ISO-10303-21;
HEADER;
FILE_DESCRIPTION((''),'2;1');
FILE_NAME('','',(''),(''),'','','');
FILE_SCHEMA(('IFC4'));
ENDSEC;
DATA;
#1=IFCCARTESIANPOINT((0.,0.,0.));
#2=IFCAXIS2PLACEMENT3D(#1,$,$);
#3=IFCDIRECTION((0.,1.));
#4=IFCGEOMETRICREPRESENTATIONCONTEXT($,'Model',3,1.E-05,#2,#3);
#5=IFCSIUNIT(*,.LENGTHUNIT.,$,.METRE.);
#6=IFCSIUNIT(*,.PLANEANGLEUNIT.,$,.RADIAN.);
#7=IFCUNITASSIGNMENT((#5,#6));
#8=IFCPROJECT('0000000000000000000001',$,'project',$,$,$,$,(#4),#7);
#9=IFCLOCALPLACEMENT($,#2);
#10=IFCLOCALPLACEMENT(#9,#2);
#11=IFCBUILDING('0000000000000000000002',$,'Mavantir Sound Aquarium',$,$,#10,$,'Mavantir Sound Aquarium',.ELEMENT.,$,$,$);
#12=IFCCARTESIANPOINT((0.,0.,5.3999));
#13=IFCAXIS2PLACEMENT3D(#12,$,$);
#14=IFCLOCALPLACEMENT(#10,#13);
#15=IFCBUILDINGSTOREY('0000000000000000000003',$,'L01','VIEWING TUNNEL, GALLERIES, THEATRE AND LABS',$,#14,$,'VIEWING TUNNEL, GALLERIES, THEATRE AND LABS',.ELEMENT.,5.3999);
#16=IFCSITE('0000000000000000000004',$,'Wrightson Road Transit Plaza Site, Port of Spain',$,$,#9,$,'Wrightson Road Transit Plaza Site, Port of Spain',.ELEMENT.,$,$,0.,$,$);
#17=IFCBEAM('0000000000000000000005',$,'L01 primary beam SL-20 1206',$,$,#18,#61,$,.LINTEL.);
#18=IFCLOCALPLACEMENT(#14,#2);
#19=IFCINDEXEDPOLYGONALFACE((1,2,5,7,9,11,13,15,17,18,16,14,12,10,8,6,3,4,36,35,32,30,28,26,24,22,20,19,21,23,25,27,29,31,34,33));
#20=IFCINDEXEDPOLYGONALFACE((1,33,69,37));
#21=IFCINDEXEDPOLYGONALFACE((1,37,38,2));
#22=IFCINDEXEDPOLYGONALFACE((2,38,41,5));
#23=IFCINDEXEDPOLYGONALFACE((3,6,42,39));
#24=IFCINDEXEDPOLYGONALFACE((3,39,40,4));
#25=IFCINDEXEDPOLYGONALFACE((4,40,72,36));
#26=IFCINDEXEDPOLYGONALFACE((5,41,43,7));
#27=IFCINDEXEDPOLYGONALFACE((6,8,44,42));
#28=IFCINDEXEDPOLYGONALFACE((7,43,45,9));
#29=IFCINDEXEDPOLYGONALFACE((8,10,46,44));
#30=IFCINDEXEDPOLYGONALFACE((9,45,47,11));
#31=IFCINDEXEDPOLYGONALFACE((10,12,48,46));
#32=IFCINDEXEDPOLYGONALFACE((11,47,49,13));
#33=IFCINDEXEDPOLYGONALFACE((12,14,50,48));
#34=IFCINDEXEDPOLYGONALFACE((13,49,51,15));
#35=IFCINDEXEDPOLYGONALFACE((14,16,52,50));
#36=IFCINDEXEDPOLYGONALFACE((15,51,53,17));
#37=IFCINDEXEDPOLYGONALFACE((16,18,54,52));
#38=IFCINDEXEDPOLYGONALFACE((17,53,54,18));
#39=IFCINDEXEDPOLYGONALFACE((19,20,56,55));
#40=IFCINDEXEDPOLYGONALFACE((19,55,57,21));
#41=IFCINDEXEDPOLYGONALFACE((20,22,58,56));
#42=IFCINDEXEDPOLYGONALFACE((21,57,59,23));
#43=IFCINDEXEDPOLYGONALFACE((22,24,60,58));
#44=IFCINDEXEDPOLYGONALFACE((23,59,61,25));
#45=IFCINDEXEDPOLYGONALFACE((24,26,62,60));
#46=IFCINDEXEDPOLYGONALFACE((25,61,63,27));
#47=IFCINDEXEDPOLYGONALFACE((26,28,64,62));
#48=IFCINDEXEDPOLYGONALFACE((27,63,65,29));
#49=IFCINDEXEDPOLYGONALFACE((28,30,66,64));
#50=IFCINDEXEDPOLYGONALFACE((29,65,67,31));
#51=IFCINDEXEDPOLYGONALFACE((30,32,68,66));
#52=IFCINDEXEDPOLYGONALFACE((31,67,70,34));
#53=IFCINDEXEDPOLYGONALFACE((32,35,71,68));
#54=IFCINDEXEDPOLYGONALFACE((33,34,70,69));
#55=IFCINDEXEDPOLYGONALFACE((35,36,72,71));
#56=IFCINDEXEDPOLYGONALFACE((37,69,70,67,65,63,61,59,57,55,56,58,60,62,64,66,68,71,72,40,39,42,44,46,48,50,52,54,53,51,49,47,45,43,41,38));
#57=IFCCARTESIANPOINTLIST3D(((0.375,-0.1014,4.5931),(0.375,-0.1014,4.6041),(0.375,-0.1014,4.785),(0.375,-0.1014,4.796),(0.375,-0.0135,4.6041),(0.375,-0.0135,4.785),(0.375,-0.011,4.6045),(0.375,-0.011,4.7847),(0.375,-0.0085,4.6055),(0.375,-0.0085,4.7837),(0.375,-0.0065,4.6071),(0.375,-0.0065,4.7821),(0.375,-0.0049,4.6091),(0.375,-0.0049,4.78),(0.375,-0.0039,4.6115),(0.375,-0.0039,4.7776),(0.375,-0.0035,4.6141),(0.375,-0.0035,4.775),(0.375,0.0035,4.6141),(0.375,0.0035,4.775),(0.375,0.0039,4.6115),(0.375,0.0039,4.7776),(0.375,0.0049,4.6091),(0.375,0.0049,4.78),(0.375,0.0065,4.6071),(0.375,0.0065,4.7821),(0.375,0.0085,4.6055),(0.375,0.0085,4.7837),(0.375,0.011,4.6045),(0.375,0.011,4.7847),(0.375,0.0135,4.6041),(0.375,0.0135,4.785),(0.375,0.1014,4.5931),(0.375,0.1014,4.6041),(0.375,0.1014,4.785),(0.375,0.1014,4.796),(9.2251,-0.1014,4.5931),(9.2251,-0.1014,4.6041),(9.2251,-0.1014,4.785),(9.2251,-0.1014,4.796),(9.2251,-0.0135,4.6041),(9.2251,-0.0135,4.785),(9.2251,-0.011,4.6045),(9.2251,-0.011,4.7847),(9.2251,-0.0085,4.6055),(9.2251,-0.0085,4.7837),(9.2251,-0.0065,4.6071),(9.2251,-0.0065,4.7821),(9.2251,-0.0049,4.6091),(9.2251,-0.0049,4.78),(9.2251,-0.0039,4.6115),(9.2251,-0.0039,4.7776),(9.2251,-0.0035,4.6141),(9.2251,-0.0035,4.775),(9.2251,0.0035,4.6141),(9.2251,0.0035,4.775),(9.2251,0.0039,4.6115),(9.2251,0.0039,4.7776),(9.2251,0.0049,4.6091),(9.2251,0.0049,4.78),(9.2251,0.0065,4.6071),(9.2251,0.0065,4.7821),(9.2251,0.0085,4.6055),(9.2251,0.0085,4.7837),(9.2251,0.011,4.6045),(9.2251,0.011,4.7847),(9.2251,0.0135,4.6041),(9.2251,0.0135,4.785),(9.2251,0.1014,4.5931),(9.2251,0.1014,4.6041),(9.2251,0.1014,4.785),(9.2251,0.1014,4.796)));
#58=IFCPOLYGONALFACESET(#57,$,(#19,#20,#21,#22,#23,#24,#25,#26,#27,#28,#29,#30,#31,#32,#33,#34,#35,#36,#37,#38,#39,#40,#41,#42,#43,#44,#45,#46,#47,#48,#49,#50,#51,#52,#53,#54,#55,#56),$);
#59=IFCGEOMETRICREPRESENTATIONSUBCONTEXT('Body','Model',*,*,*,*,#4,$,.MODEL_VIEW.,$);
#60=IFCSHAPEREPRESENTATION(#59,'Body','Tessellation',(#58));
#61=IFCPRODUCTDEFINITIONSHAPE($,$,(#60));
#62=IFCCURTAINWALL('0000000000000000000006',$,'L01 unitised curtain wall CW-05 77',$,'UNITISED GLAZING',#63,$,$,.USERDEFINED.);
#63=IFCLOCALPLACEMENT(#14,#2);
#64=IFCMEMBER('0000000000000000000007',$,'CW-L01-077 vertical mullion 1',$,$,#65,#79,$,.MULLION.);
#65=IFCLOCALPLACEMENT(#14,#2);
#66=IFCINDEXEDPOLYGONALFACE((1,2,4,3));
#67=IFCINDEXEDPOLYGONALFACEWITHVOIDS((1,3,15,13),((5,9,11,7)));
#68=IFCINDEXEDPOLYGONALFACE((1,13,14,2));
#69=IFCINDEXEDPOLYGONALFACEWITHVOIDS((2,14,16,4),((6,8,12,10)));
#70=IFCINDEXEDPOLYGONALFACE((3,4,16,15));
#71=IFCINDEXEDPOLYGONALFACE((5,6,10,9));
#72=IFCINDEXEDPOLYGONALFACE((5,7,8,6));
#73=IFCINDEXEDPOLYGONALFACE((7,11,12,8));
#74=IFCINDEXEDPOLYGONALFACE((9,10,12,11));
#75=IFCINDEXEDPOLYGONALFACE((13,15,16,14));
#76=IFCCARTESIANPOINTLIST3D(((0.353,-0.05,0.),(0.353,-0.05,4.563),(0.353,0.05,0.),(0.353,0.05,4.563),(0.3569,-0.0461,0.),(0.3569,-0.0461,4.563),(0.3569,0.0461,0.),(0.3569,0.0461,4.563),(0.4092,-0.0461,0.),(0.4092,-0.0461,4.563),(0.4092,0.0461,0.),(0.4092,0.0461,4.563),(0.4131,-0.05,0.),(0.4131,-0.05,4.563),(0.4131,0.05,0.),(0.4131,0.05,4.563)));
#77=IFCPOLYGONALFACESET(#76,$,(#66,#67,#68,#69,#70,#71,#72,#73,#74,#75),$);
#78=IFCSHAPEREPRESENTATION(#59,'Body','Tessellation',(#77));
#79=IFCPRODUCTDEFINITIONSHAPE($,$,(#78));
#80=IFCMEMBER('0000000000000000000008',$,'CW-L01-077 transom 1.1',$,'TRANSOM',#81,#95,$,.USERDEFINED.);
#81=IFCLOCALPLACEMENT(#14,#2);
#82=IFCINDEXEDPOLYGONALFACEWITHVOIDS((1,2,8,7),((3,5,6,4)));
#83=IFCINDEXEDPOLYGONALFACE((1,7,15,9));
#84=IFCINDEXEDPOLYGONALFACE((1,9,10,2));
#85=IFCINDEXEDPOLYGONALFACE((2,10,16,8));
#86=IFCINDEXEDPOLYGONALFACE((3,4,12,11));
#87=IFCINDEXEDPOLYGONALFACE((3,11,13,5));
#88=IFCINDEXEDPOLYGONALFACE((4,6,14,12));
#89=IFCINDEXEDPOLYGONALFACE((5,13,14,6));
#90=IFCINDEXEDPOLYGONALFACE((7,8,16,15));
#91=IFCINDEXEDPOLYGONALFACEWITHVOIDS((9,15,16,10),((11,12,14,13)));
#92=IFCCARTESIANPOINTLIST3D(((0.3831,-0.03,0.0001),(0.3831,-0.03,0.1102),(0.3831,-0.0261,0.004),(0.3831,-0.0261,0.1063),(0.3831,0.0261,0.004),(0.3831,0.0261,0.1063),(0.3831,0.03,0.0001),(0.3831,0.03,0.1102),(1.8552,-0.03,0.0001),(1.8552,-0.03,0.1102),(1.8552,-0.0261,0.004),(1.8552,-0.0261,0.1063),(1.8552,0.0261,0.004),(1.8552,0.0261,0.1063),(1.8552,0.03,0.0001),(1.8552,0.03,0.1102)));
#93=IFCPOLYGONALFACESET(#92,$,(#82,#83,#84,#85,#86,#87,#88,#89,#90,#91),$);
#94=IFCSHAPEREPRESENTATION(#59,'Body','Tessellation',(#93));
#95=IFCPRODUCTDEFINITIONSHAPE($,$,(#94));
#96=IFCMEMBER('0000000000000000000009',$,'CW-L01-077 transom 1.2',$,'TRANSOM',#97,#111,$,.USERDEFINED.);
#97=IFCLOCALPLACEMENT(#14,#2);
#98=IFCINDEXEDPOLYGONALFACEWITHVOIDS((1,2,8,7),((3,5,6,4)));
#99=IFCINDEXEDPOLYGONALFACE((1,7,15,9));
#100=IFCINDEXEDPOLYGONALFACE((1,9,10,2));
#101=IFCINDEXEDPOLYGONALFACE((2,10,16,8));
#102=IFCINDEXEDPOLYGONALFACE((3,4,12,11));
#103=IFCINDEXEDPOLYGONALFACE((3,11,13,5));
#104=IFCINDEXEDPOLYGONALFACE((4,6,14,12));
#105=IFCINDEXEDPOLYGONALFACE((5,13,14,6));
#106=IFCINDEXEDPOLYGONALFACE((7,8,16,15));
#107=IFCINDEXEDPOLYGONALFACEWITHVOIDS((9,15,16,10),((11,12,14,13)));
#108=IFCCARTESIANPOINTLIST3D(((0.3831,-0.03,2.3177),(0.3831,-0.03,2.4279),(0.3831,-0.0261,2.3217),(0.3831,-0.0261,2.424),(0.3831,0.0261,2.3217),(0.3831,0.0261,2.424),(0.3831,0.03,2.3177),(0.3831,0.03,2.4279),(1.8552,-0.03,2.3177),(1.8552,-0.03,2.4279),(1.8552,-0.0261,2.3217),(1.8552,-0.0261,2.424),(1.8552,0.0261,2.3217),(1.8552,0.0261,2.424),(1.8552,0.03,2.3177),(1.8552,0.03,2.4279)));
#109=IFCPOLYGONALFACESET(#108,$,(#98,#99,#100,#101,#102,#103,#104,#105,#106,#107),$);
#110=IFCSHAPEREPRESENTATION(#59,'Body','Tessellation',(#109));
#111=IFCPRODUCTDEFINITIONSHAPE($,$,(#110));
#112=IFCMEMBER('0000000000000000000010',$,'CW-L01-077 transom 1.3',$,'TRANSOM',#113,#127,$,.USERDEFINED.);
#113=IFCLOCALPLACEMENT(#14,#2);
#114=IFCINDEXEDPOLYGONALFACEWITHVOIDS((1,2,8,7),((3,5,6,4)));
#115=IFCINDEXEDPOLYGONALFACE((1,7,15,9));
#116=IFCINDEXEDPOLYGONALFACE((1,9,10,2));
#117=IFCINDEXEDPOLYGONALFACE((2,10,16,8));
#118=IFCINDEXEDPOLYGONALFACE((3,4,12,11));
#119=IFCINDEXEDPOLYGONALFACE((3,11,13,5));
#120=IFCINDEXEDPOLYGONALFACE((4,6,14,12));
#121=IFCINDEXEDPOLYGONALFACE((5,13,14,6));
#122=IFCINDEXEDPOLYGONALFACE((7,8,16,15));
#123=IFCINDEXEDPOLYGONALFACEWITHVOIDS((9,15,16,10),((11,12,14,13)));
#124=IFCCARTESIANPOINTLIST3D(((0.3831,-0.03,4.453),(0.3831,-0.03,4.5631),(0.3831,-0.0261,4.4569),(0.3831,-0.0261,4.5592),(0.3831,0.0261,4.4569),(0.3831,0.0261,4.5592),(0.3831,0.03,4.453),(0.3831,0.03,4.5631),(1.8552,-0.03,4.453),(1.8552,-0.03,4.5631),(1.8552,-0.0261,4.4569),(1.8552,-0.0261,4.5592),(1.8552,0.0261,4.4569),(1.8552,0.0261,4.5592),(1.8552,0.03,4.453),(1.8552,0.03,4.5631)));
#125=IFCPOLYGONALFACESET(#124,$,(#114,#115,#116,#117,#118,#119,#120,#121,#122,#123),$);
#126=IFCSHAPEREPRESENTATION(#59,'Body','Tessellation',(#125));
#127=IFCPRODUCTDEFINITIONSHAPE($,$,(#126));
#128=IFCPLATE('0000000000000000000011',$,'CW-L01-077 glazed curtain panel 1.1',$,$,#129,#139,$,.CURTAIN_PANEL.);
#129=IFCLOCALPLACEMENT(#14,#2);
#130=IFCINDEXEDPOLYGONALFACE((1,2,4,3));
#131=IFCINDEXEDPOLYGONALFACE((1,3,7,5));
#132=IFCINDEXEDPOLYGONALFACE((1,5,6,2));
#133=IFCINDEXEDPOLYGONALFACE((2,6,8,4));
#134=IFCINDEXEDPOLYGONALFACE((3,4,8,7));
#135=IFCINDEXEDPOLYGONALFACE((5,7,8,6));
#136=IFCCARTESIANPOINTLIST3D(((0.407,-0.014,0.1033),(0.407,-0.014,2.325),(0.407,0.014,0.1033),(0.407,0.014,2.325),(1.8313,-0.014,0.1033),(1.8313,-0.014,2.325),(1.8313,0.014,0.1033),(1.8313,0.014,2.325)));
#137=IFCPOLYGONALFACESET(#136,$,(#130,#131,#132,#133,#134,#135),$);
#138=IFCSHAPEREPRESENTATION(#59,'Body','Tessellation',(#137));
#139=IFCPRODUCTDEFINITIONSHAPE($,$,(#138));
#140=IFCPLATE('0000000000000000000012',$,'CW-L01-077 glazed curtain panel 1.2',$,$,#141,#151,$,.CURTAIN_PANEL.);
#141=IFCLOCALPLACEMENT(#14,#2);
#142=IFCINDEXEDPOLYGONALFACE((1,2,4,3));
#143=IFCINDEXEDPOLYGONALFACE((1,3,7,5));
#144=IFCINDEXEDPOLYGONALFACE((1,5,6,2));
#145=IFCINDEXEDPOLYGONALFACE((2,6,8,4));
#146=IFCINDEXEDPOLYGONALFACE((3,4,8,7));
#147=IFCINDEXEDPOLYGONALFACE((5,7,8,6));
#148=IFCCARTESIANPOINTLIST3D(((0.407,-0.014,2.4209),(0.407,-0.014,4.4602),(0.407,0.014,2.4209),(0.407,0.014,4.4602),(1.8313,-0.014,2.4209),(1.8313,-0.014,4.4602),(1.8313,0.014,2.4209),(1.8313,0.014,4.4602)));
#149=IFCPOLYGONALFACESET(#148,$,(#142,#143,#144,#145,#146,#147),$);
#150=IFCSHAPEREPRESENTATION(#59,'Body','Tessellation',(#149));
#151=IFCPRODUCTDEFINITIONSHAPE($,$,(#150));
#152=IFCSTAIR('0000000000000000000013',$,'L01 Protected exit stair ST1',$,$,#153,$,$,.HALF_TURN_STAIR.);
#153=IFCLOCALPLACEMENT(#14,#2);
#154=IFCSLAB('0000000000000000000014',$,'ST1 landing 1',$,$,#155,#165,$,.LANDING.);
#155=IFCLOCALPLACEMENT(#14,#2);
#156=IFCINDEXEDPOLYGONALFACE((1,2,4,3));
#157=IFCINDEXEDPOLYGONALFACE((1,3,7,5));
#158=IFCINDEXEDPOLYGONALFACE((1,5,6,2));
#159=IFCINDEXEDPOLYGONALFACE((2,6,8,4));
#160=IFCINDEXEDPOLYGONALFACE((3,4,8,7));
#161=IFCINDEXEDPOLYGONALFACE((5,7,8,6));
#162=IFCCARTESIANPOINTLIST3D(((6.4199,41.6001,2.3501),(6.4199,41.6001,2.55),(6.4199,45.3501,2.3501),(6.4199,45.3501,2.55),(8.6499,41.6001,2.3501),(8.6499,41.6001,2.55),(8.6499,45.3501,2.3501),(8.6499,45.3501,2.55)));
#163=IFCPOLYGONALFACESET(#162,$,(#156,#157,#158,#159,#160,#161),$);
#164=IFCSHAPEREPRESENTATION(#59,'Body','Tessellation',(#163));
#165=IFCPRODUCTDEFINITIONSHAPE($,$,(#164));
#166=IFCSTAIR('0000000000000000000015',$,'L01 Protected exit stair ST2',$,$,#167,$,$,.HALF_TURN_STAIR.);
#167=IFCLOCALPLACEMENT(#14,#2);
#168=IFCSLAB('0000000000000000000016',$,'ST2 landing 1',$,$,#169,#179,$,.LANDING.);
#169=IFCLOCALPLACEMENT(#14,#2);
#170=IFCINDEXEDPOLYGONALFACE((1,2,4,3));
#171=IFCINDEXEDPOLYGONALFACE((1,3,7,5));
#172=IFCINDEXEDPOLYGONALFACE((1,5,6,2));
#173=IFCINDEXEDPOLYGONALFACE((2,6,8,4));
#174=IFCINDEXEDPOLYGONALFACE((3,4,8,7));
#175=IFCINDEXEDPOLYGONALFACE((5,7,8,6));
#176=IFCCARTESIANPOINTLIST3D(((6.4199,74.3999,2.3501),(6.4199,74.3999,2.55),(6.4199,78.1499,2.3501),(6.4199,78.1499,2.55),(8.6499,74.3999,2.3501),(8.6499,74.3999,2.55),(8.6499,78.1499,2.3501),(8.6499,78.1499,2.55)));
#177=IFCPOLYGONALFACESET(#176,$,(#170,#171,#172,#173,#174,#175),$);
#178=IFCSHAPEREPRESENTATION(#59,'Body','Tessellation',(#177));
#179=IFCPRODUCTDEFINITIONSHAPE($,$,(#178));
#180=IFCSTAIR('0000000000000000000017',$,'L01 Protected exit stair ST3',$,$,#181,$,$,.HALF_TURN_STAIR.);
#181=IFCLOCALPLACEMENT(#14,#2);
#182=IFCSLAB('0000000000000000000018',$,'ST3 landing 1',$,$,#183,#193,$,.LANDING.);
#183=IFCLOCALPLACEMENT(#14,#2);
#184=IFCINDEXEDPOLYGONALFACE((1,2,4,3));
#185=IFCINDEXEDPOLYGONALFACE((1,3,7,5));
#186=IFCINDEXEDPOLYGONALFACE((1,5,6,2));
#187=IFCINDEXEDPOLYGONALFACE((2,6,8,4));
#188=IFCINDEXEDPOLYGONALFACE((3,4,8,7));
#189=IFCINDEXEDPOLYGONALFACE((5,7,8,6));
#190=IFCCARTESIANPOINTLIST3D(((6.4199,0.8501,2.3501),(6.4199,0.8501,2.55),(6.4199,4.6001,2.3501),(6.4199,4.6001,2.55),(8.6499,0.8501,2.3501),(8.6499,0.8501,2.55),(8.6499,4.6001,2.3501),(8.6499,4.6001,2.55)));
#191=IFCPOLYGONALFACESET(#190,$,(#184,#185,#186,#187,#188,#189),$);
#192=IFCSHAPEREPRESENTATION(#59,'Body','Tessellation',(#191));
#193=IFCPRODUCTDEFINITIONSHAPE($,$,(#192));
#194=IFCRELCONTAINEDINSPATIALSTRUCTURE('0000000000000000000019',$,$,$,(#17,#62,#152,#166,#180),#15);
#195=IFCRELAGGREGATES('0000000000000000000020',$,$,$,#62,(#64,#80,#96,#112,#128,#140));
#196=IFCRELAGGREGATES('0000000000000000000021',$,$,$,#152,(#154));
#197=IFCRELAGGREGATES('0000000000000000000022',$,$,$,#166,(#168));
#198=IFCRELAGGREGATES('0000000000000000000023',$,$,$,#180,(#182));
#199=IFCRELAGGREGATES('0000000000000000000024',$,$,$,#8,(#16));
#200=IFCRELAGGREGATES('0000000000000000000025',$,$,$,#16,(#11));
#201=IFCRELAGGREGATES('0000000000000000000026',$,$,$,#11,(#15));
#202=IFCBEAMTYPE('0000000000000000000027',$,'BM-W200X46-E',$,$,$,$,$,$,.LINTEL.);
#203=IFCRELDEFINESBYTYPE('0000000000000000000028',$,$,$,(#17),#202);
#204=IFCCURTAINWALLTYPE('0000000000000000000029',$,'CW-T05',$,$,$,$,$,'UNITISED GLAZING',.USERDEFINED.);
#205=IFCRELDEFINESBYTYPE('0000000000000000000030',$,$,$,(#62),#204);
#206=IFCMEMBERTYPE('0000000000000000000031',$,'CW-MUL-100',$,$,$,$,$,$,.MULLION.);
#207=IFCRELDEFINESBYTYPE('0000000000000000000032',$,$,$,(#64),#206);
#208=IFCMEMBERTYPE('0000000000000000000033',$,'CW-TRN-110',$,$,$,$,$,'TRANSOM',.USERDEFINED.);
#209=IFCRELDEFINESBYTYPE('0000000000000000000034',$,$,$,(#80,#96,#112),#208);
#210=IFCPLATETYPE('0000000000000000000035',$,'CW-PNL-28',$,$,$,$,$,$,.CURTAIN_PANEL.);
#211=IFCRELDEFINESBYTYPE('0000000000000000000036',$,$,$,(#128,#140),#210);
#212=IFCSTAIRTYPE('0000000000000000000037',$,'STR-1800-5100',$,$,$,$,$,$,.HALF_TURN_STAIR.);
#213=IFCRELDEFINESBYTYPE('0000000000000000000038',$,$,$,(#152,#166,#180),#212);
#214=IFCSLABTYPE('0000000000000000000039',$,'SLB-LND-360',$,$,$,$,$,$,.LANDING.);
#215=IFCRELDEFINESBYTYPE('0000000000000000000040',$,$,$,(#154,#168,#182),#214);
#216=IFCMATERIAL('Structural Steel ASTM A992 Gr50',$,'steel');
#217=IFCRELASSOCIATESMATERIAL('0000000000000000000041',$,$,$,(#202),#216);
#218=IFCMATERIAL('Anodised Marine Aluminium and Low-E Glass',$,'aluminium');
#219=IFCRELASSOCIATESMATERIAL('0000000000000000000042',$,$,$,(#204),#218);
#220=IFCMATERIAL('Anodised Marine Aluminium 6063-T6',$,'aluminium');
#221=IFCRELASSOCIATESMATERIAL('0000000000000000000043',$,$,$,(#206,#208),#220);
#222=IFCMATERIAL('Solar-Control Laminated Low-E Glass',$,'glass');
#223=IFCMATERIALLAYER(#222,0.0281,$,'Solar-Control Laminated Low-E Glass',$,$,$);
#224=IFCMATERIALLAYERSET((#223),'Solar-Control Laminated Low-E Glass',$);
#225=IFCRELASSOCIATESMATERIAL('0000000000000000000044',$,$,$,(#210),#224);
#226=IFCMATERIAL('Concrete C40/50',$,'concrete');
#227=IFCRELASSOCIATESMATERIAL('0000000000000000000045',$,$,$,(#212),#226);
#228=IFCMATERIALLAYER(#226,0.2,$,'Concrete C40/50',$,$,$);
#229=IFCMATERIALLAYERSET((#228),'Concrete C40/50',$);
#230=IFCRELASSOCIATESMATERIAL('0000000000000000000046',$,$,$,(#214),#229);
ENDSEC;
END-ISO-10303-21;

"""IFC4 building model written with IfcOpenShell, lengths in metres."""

from ifc_helpers import new_model, si_unit, direction, frame, origin, origin_2d, place, context, subcontext, project, spatial, polyline, rectangle, hollow_rectangle, i_section, outline, extrude, material, layer, layer_set, material_profile, profile_set, type_object, element, aggregate, save


model = new_model("IFC4")

# Units and contexts
model_context = context("Model", 3, precision=1e-05, world=origin(), true_north=direction((0.0, 1.0)))
body_context = subcontext(model_context, "Body", "Model", "MODEL_VIEW")
ifc_project = project(units=[si_unit("LENGTHUNIT", "METRE"), si_unit("PLANEANGLEUNIT", "RADIAN")], contexts=[model_context])

# Site, building, storey
site_placement = place(None, origin())
site = spatial("IfcSite", under=ifc_project, at=site_placement, Name="Wrightson Road Transit Plaza Site, Port of Spain", LongName="Wrightson Road Transit Plaza Site, Port of Spain", CompositionType="ELEMENT", RefElevation=0.0)
building_placement = place(site_placement, origin())
building = spatial("IfcBuilding", under=site, at=building_placement, Name="Mavantir Sound Aquarium", LongName="Mavantir Sound Aquarium", CompositionType="ELEMENT")
storey_placement = place(building_placement, frame((0.0, 0.0, 5.3999)))
storey = spatial("IfcBuildingStorey", under=building, at=storey_placement, Name="L01", Description="VIEWING TUNNEL, GALLERIES, THEATRE AND LABS", LongName="VIEWING TUNNEL, GALLERIES, THEATRE AND LABS", CompositionType="ELEMENT", Elevation=5.3999)

# Beam
ifc_material_1 = material(Name="Structural Steel ASTM A992 Gr50", Category="steel")
ifc_material_profile_1 = material_profile(ifc_material_1, i_section(OverallWidth=0.2029, OverallDepth=0.2029, WebThickness=0.0071, FlangeThickness=0.011, FilletRadius=0.01, at=origin_2d()), Name="W200X46")
ifc_profile_set_1 = profile_set([ifc_material_profile_1], Name="Structural Steel ASTM A992 Gr50")
beam_type = type_object("IfcBeamType", Name="BM-W200X46-E", PredefinedType="LINTEL", material=ifc_profile_set_1)
beam_placement = place(storey_placement, frame((0.375, 0.0, 4.6946), z_axis=(1.0, 0.0, 0.0), x_axis=(0.0, 1.0, 0.0)))
element("IfcBeam", 1, at=beam_placement, inside=storey, type_object=beam_type, Name="L01 primary beam SL-20 1206", PredefinedType="LINTEL", context=body_context, shape_type="SweptSolid", body=[
    extrude(i_section(OverallWidth=0.2029, OverallDepth=0.2029, WebThickness=0.0071, FlangeThickness=0.011, FilletRadius=0.01, at=origin_2d()), origin(), (0.0, 0.0, 1.0), 8.8501),
])

# Curtain wall, members, plates
ifc_material_2 = material(Name="Anodised Marine Aluminium and Low-E Glass", Category="aluminium")
curtain_wall_type = type_object("IfcCurtainWallType", Name="CW-T05", ElementType="UNITISED GLAZING", PredefinedType="USERDEFINED", material=ifc_material_2)
curtain_wall_placement = place(storey_placement, origin())
curtain_wall = element("IfcCurtainWall", 2, at=curtain_wall_placement, inside=storey, type_object=curtain_wall_type, Name="L01 unitised curtain wall CW-05 77", ObjectType="UNITISED GLAZING", PredefinedType="USERDEFINED")
ifc_material_3 = material(Name="Anodised Marine Aluminium 6063-T6", Category="aluminium")
ifc_material_profile_2 = material_profile(ifc_material_3, hollow_rectangle(XDim=0.0601, YDim=0.1001, WallThickness=0.0039, at=origin_2d()), Name="ALU-MULLION-100X60")
ifc_profile_set_2 = profile_set([ifc_material_profile_2], Name="Anodised Marine Aluminium 6063-T6")
member_type_1 = type_object("IfcMemberType", Name="CW-MUL-100", PredefinedType="MULLION", material=ifc_profile_set_2)
member_1_placement = place(storey_placement, frame((0.3831, 0.0, 0.0), z_axis=(0.0, 0.0, 1.0), x_axis=(1.0, 0.0, 0.0)))
member_1 = element("IfcMember", 3, at=member_1_placement, type_object=member_type_1, Name="CW-L01-077 vertical mullion 1", PredefinedType="MULLION", context=body_context, shape_type="SweptSolid", body=[
    extrude(hollow_rectangle(XDim=0.0601, YDim=0.1001, WallThickness=0.0039, at=origin_2d()), origin(), (0.0, 0.0, 1.0), 4.563),
])
ifc_material_profile_3 = material_profile(ifc_material_3, hollow_rectangle(XDim=0.0601, YDim=0.1101, WallThickness=0.0039, at=origin_2d()), Name="ALU-TRANSOM-110X60")
ifc_profile_set_3 = profile_set([ifc_material_profile_3], Name="Anodised Marine Aluminium 6063-T6")
member_type_2 = type_object("IfcMemberType", Name="CW-TRN-110", ElementType="TRANSOM", PredefinedType="USERDEFINED", material=ifc_profile_set_3)
member_2_placement = place(storey_placement, frame((0.3831, 0.0, 0.0552), z_axis=(1.0, 0.0, 0.0), x_axis=(0.0, 1.0, 0.0)))
member_2 = element("IfcMember", 4, at=member_2_placement, type_object=member_type_2, Name="CW-L01-077 transom 1.1", ObjectType="TRANSOM", PredefinedType="USERDEFINED", context=body_context, shape_type="SweptSolid", body=[
    extrude(hollow_rectangle(XDim=0.0601, YDim=0.1101, WallThickness=0.0039, at=origin_2d()), origin(), (0.0, 0.0, 1.0), 1.4722),
])
member_3_placement = place(storey_placement, frame((0.3831, 0.0, 2.3728), z_axis=(1.0, 0.0, 0.0), x_axis=(0.0, 1.0, 0.0)))
member_3 = element("IfcMember", 5, at=member_3_placement, type_object=member_type_2, Name="CW-L01-077 transom 1.2", ObjectType="TRANSOM", PredefinedType="USERDEFINED", context=body_context, shape_type="SweptSolid", body=[
    extrude(hollow_rectangle(XDim=0.0601, YDim=0.1101, WallThickness=0.0039, at=origin_2d()), origin(), (0.0, 0.0, 1.0), 1.4722),
])
member_4_placement = place(storey_placement, frame((0.3831, 0.0, 4.5081), z_axis=(1.0, 0.0, 0.0), x_axis=(0.0, 1.0, 0.0)))
member_4 = element("IfcMember", 6, at=member_4_placement, type_object=member_type_2, Name="CW-L01-077 transom 1.3", ObjectType="TRANSOM", PredefinedType="USERDEFINED", context=body_context, shape_type="SweptSolid", body=[
    extrude(hollow_rectangle(XDim=0.0601, YDim=0.1101, WallThickness=0.0039, at=origin_2d()), origin(), (0.0, 0.0, 1.0), 1.4722),
])
ifc_material_4 = material(Name="Solar-Control Laminated Low-E Glass", Category="glass")
ifc_layer_1 = layer(ifc_material_4, 0.0281, Name="Solar-Control Laminated Low-E Glass")
ifc_layer_set_1 = layer_set([ifc_layer_1], Name="Solar-Control Laminated Low-E Glass")
plate_type = type_object("IfcPlateType", Name="CW-PNL-28", PredefinedType="CURTAIN_PANEL", material=ifc_layer_set_1)
plate_1_placement = place(storey_placement, frame((1.1191, 0.0, 0.1033), z_axis=(0.0, 0.0, 1.0), x_axis=(1.0, 0.0, 0.0)))
plate_1 = element("IfcPlate", 7, at=plate_1_placement, type_object=plate_type, Name="CW-L01-077 glazed curtain panel 1.1", PredefinedType="CURTAIN_PANEL", context=body_context, shape_type="SweptSolid", body=[
    extrude(rectangle(XDim=1.4243, YDim=0.0281, at=origin_2d()), origin(), (0.0, 0.0, 1.0), 2.2217),
])
plate_2_placement = place(storey_placement, frame((1.1191, 0.0, 2.4209), z_axis=(0.0, 0.0, 1.0), x_axis=(1.0, 0.0, 0.0)))
plate_2 = element("IfcPlate", 8, at=plate_2_placement, type_object=plate_type, Name="CW-L01-077 glazed curtain panel 1.2", PredefinedType="CURTAIN_PANEL", context=body_context, shape_type="SweptSolid", body=[
    extrude(rectangle(XDim=1.4243, YDim=0.0281, at=origin_2d()), origin(), (0.0, 0.0, 1.0), 2.0393),
])
aggregate(curtain_wall, [member_1, member_2, member_3, member_4, plate_1, plate_2])

# Stairs, slabs
ifc_material_5 = material(Name="Concrete C40/50", Category="concrete")
stair_type_1 = type_object("IfcStairType", Name="STR-1800-5100", PredefinedType="HALF_TURN_STAIR", material=ifc_material_5)
stair_1_placement = place(storey_placement, origin())
stair_1 = element("IfcStair", 9, at=stair_1_placement, inside=storey, type_object=stair_type_1, Name="L01 Protected exit stair ST1", PredefinedType="HALF_TURN_STAIR")
ifc_layer_2 = layer(ifc_material_5, 0.2, Name="Concrete C40/50")
ifc_layer_set_2 = layer_set([ifc_layer_2], Name="Concrete C40/50")
slab_type = type_object("IfcSlabType", Name="SLB-LND-360", PredefinedType="LANDING", material=ifc_layer_set_2)
slab_1_placement = place(storey_placement, frame((0.0, 0.0, 2.3501)))
slab_1 = element("IfcSlab", 10, at=slab_1_placement, type_object=slab_type, Name="ST1 landing 1", PredefinedType="LANDING", context=body_context, shape_type="SweptSolid", body=[
    extrude(outline(polyline([(6.4199, 41.6001), (8.6499, 41.6001), (8.6499, 45.3501), (6.4199, 45.3501), (6.4199, 41.6001)])), origin(), (0.0, 0.0, 1.0), 0.2),
])
aggregate(stair_1, [slab_1])
stair_2_placement = place(storey_placement, origin())
stair_2 = element("IfcStair", 11, at=stair_2_placement, inside=storey, type_object=stair_type_1, Name="L01 Protected exit stair ST2", PredefinedType="HALF_TURN_STAIR")
slab_2_placement = place(storey_placement, frame((0.0, 0.0, 2.3501)))
slab_2 = element("IfcSlab", 12, at=slab_2_placement, type_object=slab_type, Name="ST2 landing 1", PredefinedType="LANDING", context=body_context, shape_type="SweptSolid", body=[
    extrude(outline(polyline([(6.4199, 74.3999), (8.6499, 74.3999), (8.6499, 78.1499), (6.4199, 78.1499), (6.4199, 74.3999)])), origin(), (0.0, 0.0, 1.0), 0.2),
])
aggregate(stair_2, [slab_2])
stair_3_placement = place(storey_placement, origin())
stair_3 = element("IfcStair", 13, at=stair_3_placement, inside=storey, type_object=stair_type_1, Name="L01 Protected exit stair ST3", PredefinedType="HALF_TURN_STAIR")
slab_3_placement = place(storey_placement, frame((0.0, 0.0, 2.3501)))
slab_3 = element("IfcSlab", 14, at=slab_3_placement, type_object=slab_type, Name="ST3 landing 1", PredefinedType="LANDING", context=body_context, shape_type="SweptSolid", body=[
    extrude(outline(polyline([(6.4199, 0.8501), (8.6499, 0.8501), (8.6499, 4.6001), (6.4199, 4.6001), (6.4199, 0.8501)])), origin(), (0.0, 0.0, 1.0), 0.2),
])
aggregate(stair_3, [slab_3])

save(model, "model.ifc")
